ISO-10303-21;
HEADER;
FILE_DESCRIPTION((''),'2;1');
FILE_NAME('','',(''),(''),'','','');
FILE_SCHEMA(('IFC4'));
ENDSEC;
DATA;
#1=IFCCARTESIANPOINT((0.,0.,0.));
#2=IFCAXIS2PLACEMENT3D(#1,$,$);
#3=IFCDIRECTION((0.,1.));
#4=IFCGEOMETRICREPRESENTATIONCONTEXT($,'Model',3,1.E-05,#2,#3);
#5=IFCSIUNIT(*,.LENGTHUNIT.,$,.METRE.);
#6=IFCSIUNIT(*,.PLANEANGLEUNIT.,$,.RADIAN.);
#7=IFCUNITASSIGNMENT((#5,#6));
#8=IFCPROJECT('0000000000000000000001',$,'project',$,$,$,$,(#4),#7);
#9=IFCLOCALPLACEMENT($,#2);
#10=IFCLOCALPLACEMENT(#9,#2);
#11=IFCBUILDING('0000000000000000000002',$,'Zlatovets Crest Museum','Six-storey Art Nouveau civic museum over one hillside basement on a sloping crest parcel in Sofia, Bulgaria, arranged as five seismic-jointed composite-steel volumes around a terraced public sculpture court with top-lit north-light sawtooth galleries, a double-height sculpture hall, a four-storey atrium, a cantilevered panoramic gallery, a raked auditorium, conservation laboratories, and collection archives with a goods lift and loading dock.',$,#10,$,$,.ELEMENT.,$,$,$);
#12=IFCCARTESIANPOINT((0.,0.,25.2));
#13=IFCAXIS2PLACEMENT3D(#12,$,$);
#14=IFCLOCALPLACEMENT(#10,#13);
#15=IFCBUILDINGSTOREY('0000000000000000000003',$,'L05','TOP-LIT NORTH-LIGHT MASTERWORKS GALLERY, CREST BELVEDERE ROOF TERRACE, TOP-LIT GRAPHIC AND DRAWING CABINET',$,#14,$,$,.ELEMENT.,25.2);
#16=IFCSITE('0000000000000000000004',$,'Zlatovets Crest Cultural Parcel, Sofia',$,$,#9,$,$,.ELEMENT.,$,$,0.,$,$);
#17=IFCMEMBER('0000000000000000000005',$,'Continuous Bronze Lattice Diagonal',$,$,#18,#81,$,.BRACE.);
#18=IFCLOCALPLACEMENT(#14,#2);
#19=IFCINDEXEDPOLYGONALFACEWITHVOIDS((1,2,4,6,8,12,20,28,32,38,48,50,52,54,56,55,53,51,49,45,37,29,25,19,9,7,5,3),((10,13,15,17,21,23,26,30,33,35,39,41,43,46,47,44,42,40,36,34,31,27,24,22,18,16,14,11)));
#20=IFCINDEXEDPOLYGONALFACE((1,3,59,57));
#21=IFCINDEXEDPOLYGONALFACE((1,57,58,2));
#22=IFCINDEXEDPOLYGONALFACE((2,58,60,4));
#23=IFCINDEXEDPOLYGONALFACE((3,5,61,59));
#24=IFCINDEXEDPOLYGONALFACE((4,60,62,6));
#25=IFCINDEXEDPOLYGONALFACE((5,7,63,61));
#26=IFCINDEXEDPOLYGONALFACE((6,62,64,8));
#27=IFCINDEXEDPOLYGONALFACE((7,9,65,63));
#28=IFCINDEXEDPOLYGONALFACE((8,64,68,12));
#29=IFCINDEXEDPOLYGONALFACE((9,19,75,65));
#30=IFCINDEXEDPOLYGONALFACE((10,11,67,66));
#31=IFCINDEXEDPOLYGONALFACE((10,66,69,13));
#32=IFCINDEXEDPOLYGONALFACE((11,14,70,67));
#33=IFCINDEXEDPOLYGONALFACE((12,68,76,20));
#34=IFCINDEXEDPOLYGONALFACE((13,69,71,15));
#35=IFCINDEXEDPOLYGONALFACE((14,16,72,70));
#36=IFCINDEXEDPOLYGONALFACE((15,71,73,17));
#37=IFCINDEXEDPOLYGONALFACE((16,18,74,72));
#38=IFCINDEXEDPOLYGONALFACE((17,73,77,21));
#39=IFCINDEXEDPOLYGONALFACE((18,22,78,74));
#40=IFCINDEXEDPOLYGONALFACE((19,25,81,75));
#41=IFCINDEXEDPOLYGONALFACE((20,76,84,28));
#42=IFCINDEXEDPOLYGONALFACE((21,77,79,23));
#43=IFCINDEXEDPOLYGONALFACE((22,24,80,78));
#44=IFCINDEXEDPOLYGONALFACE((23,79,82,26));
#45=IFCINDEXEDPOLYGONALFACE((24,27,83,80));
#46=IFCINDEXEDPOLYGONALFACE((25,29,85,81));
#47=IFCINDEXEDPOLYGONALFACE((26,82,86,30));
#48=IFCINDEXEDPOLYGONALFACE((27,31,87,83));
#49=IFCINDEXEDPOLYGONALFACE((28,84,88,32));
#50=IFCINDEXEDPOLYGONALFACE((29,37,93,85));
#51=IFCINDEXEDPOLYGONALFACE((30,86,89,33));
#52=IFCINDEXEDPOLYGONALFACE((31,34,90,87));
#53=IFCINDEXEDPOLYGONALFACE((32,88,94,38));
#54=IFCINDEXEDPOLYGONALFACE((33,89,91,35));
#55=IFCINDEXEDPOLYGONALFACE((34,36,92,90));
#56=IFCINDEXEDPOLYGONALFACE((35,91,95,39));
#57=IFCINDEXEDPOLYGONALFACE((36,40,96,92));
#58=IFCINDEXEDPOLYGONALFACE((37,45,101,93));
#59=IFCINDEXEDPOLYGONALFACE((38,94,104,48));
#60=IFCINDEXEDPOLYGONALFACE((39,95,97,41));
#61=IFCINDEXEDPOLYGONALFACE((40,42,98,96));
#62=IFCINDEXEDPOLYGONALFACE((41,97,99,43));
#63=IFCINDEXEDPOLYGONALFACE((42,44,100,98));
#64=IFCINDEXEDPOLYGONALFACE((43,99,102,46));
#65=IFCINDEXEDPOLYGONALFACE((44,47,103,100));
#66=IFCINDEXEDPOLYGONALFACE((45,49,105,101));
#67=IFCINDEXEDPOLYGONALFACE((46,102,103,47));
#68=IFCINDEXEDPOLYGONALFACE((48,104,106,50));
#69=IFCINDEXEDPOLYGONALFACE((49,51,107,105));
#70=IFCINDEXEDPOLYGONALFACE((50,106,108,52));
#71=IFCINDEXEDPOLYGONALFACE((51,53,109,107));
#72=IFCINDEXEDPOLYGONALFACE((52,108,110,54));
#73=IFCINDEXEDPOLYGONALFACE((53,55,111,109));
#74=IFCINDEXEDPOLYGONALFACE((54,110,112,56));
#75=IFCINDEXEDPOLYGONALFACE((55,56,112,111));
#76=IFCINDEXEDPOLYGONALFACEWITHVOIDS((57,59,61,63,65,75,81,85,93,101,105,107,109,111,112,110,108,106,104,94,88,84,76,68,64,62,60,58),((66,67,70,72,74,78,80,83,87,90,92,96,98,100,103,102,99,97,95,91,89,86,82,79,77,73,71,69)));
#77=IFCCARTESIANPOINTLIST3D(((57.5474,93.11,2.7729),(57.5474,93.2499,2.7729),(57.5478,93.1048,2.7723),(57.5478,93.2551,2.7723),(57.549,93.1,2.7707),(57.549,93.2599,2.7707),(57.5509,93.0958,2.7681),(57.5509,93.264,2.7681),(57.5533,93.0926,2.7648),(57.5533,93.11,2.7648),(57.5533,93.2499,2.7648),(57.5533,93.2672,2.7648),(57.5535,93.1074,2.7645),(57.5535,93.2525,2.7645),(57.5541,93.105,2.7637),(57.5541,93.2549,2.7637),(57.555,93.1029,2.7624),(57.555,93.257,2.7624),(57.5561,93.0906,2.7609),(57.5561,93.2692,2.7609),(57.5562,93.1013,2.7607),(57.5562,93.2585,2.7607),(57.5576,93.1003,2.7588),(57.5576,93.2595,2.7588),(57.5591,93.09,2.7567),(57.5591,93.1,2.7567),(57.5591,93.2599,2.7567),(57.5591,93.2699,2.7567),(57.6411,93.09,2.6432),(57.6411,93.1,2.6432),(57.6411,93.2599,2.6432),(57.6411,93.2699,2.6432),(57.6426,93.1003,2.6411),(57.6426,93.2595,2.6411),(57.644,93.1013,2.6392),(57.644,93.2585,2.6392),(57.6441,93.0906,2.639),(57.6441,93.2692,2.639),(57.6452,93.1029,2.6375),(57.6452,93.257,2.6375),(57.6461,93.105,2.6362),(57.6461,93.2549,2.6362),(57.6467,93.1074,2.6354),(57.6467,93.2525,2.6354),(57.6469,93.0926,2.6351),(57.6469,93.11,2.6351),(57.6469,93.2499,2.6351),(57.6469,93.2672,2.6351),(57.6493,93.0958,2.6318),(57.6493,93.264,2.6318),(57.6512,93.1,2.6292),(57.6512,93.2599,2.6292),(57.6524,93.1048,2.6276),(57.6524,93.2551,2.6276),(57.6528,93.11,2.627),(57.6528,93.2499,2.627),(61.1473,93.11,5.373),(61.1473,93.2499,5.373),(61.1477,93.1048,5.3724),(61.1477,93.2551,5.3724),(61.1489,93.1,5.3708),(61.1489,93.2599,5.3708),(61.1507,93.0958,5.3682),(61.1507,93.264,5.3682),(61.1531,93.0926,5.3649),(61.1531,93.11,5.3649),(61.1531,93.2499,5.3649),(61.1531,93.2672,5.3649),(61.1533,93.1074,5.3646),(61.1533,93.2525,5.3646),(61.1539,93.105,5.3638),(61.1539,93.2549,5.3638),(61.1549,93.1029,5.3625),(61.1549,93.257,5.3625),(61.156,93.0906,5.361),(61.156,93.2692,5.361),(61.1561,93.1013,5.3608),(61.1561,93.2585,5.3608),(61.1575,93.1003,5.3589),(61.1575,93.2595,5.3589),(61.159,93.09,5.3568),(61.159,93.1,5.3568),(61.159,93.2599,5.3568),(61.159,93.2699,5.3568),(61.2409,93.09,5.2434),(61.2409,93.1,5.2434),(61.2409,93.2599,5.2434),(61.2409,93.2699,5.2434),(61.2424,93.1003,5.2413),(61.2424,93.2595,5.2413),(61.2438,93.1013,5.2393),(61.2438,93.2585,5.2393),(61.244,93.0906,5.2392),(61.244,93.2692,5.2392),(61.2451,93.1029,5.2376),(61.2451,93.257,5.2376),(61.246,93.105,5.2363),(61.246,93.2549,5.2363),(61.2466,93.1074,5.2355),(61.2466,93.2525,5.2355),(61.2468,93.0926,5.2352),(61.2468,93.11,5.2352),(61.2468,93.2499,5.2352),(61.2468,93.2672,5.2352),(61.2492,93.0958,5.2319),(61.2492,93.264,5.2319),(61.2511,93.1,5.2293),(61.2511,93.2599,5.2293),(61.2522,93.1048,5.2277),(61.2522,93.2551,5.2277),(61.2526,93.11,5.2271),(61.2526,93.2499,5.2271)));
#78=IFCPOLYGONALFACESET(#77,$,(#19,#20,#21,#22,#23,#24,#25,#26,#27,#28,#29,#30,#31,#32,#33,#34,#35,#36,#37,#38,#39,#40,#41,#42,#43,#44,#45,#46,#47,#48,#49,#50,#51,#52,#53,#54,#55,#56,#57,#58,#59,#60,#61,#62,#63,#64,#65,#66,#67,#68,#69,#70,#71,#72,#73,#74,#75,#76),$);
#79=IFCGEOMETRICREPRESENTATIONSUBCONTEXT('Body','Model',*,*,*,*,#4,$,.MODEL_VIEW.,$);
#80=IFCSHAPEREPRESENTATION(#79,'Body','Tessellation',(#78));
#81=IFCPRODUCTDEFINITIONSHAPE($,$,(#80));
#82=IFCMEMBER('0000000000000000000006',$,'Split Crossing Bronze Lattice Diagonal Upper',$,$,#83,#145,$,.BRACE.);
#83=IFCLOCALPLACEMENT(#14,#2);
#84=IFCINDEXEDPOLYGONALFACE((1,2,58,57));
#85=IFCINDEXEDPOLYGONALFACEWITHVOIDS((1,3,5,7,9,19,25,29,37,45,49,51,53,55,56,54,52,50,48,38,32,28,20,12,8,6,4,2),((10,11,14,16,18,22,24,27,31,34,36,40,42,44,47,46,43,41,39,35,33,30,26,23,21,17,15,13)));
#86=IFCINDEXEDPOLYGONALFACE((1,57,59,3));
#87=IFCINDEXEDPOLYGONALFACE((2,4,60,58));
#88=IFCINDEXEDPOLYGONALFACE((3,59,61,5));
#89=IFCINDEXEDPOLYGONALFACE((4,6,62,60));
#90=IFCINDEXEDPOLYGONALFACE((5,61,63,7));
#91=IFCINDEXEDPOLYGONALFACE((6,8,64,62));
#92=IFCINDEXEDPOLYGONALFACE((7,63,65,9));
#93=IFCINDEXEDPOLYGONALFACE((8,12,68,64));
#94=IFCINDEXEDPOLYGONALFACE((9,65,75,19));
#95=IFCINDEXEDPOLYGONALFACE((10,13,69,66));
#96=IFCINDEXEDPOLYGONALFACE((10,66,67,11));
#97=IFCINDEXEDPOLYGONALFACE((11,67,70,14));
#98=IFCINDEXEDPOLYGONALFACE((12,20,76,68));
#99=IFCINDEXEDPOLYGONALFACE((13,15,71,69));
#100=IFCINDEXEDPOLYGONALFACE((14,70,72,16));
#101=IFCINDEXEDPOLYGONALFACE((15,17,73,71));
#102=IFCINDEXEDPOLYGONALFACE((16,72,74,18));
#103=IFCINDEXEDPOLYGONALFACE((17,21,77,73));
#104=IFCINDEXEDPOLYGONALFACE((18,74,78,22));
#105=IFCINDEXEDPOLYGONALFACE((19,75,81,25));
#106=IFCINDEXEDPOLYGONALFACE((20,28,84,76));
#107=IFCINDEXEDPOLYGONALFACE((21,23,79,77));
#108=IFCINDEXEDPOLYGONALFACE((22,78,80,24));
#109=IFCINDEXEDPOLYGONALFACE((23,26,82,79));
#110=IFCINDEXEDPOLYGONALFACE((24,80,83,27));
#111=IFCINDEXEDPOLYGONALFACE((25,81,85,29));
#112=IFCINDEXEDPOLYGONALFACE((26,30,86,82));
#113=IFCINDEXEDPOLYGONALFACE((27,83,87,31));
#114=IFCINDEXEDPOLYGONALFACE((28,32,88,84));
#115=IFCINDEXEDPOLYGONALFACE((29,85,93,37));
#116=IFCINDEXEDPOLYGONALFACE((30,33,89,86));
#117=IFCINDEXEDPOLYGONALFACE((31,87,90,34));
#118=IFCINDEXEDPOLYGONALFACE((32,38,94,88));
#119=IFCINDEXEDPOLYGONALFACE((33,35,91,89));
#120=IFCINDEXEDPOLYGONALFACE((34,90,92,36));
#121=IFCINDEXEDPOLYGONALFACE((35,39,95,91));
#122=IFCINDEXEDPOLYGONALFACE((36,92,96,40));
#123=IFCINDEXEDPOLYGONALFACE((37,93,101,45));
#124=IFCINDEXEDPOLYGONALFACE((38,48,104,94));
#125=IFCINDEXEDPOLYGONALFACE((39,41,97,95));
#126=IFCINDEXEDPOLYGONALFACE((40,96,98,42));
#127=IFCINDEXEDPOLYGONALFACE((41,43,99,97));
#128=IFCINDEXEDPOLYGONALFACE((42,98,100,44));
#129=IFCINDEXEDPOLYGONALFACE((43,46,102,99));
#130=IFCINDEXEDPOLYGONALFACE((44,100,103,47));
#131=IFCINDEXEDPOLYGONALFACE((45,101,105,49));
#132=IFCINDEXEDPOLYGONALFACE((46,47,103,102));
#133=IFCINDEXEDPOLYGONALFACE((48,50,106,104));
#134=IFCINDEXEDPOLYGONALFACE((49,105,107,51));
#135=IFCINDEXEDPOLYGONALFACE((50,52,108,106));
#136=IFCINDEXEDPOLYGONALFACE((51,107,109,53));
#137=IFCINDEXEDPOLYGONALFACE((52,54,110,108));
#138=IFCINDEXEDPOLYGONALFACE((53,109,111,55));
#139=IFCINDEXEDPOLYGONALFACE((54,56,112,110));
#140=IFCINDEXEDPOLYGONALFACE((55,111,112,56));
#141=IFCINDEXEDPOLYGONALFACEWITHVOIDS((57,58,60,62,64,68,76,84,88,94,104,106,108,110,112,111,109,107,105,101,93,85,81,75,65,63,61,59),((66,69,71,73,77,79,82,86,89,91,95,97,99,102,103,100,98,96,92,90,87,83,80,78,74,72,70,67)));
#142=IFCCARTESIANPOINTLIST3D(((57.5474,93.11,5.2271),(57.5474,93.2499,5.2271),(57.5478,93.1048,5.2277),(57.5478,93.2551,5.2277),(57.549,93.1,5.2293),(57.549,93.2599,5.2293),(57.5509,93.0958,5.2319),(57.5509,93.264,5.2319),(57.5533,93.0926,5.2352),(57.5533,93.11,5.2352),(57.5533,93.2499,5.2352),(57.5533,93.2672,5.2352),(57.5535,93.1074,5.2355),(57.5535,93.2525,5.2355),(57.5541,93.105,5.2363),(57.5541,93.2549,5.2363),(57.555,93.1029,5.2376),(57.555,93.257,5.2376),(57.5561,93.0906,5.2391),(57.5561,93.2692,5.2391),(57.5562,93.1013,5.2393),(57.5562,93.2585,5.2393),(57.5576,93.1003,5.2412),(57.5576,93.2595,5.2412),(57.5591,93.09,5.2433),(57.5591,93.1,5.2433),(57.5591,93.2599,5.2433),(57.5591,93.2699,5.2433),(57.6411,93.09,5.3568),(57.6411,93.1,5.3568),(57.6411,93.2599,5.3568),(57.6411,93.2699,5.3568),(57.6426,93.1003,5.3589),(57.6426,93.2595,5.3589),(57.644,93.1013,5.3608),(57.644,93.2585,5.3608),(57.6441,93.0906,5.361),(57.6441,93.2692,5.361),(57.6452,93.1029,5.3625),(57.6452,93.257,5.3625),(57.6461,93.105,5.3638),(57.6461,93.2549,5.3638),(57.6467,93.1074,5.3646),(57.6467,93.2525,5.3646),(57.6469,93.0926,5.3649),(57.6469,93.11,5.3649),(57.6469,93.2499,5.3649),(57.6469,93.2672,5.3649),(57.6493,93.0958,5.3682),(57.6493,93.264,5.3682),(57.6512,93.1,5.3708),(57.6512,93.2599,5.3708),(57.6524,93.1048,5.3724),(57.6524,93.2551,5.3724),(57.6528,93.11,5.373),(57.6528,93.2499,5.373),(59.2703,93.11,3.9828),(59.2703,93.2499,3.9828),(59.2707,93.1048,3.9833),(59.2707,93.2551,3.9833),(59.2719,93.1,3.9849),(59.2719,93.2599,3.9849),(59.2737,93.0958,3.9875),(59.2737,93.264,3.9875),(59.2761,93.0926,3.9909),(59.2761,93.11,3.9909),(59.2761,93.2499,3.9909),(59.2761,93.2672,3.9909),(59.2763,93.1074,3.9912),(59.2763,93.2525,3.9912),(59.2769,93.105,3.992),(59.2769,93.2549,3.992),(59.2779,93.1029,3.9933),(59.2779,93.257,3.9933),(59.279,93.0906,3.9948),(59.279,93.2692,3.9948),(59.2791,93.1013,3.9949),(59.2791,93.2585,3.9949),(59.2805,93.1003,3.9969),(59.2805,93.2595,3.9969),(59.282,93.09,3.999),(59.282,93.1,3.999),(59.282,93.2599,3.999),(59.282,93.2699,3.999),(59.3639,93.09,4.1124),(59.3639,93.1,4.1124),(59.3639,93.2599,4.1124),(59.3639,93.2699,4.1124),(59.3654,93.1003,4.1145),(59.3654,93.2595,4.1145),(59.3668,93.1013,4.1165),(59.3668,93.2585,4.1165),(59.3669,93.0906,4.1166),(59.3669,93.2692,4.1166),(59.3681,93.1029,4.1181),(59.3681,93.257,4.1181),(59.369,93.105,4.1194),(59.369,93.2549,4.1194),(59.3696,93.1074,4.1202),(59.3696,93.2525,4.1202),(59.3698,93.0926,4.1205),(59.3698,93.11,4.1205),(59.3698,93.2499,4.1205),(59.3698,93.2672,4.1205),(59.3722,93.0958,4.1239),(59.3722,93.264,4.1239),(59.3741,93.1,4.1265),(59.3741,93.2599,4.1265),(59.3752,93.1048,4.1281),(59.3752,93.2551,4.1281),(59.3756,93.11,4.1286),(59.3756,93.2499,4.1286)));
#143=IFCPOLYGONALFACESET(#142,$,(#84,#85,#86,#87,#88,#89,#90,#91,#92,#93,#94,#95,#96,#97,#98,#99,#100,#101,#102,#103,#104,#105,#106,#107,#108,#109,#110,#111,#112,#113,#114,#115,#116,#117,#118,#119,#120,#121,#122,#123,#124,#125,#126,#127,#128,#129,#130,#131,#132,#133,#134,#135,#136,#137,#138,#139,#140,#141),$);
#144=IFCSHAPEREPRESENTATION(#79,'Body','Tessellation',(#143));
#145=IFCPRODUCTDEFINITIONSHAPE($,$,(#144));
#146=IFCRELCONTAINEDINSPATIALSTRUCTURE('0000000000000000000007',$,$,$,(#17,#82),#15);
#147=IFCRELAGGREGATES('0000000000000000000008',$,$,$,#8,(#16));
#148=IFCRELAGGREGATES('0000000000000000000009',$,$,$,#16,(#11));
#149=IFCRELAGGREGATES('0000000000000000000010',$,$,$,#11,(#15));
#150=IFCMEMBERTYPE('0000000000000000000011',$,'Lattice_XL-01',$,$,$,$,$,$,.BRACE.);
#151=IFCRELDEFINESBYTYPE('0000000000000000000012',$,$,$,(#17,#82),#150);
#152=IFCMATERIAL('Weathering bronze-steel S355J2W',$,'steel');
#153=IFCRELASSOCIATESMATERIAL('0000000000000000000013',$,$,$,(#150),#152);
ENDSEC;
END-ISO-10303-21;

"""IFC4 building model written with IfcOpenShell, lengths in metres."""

from ifc_helpers import new_model, si_unit, direction, frame, origin, origin_2d, place, context, subcontext, project, spatial, hollow_rectangle, extrude, material, material_profile, profile_set, type_object, element, save


model = new_model("IFC4")

# Units and contexts
model_context = context("Model", 3, precision=1e-05, world=origin(), true_north=direction((0.0, 1.0)))
body_context = subcontext(model_context, "Body", "Model", "MODEL_VIEW")
ifc_project = project(units=[si_unit("LENGTHUNIT", "METRE"), si_unit("PLANEANGLEUNIT", "RADIAN")], contexts=[model_context])

# Site, building, storey
site_placement = place(None, origin())
site = spatial("IfcSite", under=ifc_project, at=site_placement, Name="Zlatovets Crest Cultural Parcel, Sofia", CompositionType="ELEMENT", RefElevation=0.0)
building_placement = place(site_placement, origin())
building = spatial("IfcBuilding", under=site, at=building_placement, Name="Zlatovets Crest Museum", Description="Six-storey Art Nouveau civic museum over one hillside basement on a sloping crest parcel in Sofia, Bulgaria, arranged as five seismic-jointed composite-steel volumes around a terraced public sculpture court with top-lit north-light sawtooth galleries, a double-height sculpture hall, a four-storey atrium, a cantilevered panoramic gallery, a raked auditorium, conservation laboratories, and collection archives with a goods lift and loading dock.", CompositionType="ELEMENT")
storey_placement = place(building_placement, frame((0.0, 0.0, 25.2)))
storey = spatial("IfcBuildingStorey", under=building, at=storey_placement, Name="L05", Description="TOP-LIT NORTH-LIGHT MASTERWORKS GALLERY, CREST BELVEDERE ROOF TERRACE, TOP-LIT GRAPHIC AND DRAWING CABINET", CompositionType="ELEMENT", Elevation=25.2)

# Members
ifc_material_1 = material(Name="Weathering bronze-steel S355J2W", Category="steel")
ifc_material_profile_1 = material_profile(ifc_material_1, hollow_rectangle(XDim=0.1799, YDim=0.1799, WallThickness=0.01, InnerFilletRadius=0.01, OuterFilletRadius=0.02, at=origin_2d()), Name="SHS 180x180x10.0")
ifc_profile_set_1 = profile_set([ifc_material_profile_1], Name="Weathering bronze-steel S355J2W")
member_type_1 = type_object("IfcMemberType", Name="Lattice_XL-01", PredefinedType="BRACE", material=ifc_profile_set_1)
member_1_placement = place(storey_placement, frame((57.6001, 93.1799, 2.7), z_axis=(0.810657, 0.0, 0.585521), x_axis=(0.0, 1.0, 0.0)))
element("IfcMember", 1, at=member_1_placement, inside=storey, type_object=member_type_1, Name="Continuous Bronze Lattice Diagonal", PredefinedType="BRACE", context=body_context, shape_type="SweptSolid", body=[
    extrude(hollow_rectangle(XDim=0.1799, YDim=0.1799, WallThickness=0.01, InnerFilletRadius=0.01, OuterFilletRadius=0.02, at=origin_2d()), origin(), (0.0, 0.0, 1.0), 4.4407),
])
for number, where, z_axis, x_axis, name in (
    (2, (57.6001, 93.1799, 5.3), (0.810664, 0.0, -0.585512), (0.0, 1.0, 0.0), "Split Crossing Bronze Lattice Diagonal Upper"),
):
    element("IfcMember", number, at=place(storey_placement, frame(where, z_axis=z_axis, x_axis=x_axis)), inside=storey, type_object=member_type_1, Name=name, PredefinedType="BRACE", context=body_context, shape_type="SweptSolid", body=[
        extrude(hollow_rectangle(XDim=0.1799, YDim=0.1799, WallThickness=0.01, InnerFilletRadius=0.01, OuterFilletRadius=0.02, at=origin_2d()), origin(), (0.0, 0.0, 1.0), 2.1252),
    ])

save(model, "model.ifc")
